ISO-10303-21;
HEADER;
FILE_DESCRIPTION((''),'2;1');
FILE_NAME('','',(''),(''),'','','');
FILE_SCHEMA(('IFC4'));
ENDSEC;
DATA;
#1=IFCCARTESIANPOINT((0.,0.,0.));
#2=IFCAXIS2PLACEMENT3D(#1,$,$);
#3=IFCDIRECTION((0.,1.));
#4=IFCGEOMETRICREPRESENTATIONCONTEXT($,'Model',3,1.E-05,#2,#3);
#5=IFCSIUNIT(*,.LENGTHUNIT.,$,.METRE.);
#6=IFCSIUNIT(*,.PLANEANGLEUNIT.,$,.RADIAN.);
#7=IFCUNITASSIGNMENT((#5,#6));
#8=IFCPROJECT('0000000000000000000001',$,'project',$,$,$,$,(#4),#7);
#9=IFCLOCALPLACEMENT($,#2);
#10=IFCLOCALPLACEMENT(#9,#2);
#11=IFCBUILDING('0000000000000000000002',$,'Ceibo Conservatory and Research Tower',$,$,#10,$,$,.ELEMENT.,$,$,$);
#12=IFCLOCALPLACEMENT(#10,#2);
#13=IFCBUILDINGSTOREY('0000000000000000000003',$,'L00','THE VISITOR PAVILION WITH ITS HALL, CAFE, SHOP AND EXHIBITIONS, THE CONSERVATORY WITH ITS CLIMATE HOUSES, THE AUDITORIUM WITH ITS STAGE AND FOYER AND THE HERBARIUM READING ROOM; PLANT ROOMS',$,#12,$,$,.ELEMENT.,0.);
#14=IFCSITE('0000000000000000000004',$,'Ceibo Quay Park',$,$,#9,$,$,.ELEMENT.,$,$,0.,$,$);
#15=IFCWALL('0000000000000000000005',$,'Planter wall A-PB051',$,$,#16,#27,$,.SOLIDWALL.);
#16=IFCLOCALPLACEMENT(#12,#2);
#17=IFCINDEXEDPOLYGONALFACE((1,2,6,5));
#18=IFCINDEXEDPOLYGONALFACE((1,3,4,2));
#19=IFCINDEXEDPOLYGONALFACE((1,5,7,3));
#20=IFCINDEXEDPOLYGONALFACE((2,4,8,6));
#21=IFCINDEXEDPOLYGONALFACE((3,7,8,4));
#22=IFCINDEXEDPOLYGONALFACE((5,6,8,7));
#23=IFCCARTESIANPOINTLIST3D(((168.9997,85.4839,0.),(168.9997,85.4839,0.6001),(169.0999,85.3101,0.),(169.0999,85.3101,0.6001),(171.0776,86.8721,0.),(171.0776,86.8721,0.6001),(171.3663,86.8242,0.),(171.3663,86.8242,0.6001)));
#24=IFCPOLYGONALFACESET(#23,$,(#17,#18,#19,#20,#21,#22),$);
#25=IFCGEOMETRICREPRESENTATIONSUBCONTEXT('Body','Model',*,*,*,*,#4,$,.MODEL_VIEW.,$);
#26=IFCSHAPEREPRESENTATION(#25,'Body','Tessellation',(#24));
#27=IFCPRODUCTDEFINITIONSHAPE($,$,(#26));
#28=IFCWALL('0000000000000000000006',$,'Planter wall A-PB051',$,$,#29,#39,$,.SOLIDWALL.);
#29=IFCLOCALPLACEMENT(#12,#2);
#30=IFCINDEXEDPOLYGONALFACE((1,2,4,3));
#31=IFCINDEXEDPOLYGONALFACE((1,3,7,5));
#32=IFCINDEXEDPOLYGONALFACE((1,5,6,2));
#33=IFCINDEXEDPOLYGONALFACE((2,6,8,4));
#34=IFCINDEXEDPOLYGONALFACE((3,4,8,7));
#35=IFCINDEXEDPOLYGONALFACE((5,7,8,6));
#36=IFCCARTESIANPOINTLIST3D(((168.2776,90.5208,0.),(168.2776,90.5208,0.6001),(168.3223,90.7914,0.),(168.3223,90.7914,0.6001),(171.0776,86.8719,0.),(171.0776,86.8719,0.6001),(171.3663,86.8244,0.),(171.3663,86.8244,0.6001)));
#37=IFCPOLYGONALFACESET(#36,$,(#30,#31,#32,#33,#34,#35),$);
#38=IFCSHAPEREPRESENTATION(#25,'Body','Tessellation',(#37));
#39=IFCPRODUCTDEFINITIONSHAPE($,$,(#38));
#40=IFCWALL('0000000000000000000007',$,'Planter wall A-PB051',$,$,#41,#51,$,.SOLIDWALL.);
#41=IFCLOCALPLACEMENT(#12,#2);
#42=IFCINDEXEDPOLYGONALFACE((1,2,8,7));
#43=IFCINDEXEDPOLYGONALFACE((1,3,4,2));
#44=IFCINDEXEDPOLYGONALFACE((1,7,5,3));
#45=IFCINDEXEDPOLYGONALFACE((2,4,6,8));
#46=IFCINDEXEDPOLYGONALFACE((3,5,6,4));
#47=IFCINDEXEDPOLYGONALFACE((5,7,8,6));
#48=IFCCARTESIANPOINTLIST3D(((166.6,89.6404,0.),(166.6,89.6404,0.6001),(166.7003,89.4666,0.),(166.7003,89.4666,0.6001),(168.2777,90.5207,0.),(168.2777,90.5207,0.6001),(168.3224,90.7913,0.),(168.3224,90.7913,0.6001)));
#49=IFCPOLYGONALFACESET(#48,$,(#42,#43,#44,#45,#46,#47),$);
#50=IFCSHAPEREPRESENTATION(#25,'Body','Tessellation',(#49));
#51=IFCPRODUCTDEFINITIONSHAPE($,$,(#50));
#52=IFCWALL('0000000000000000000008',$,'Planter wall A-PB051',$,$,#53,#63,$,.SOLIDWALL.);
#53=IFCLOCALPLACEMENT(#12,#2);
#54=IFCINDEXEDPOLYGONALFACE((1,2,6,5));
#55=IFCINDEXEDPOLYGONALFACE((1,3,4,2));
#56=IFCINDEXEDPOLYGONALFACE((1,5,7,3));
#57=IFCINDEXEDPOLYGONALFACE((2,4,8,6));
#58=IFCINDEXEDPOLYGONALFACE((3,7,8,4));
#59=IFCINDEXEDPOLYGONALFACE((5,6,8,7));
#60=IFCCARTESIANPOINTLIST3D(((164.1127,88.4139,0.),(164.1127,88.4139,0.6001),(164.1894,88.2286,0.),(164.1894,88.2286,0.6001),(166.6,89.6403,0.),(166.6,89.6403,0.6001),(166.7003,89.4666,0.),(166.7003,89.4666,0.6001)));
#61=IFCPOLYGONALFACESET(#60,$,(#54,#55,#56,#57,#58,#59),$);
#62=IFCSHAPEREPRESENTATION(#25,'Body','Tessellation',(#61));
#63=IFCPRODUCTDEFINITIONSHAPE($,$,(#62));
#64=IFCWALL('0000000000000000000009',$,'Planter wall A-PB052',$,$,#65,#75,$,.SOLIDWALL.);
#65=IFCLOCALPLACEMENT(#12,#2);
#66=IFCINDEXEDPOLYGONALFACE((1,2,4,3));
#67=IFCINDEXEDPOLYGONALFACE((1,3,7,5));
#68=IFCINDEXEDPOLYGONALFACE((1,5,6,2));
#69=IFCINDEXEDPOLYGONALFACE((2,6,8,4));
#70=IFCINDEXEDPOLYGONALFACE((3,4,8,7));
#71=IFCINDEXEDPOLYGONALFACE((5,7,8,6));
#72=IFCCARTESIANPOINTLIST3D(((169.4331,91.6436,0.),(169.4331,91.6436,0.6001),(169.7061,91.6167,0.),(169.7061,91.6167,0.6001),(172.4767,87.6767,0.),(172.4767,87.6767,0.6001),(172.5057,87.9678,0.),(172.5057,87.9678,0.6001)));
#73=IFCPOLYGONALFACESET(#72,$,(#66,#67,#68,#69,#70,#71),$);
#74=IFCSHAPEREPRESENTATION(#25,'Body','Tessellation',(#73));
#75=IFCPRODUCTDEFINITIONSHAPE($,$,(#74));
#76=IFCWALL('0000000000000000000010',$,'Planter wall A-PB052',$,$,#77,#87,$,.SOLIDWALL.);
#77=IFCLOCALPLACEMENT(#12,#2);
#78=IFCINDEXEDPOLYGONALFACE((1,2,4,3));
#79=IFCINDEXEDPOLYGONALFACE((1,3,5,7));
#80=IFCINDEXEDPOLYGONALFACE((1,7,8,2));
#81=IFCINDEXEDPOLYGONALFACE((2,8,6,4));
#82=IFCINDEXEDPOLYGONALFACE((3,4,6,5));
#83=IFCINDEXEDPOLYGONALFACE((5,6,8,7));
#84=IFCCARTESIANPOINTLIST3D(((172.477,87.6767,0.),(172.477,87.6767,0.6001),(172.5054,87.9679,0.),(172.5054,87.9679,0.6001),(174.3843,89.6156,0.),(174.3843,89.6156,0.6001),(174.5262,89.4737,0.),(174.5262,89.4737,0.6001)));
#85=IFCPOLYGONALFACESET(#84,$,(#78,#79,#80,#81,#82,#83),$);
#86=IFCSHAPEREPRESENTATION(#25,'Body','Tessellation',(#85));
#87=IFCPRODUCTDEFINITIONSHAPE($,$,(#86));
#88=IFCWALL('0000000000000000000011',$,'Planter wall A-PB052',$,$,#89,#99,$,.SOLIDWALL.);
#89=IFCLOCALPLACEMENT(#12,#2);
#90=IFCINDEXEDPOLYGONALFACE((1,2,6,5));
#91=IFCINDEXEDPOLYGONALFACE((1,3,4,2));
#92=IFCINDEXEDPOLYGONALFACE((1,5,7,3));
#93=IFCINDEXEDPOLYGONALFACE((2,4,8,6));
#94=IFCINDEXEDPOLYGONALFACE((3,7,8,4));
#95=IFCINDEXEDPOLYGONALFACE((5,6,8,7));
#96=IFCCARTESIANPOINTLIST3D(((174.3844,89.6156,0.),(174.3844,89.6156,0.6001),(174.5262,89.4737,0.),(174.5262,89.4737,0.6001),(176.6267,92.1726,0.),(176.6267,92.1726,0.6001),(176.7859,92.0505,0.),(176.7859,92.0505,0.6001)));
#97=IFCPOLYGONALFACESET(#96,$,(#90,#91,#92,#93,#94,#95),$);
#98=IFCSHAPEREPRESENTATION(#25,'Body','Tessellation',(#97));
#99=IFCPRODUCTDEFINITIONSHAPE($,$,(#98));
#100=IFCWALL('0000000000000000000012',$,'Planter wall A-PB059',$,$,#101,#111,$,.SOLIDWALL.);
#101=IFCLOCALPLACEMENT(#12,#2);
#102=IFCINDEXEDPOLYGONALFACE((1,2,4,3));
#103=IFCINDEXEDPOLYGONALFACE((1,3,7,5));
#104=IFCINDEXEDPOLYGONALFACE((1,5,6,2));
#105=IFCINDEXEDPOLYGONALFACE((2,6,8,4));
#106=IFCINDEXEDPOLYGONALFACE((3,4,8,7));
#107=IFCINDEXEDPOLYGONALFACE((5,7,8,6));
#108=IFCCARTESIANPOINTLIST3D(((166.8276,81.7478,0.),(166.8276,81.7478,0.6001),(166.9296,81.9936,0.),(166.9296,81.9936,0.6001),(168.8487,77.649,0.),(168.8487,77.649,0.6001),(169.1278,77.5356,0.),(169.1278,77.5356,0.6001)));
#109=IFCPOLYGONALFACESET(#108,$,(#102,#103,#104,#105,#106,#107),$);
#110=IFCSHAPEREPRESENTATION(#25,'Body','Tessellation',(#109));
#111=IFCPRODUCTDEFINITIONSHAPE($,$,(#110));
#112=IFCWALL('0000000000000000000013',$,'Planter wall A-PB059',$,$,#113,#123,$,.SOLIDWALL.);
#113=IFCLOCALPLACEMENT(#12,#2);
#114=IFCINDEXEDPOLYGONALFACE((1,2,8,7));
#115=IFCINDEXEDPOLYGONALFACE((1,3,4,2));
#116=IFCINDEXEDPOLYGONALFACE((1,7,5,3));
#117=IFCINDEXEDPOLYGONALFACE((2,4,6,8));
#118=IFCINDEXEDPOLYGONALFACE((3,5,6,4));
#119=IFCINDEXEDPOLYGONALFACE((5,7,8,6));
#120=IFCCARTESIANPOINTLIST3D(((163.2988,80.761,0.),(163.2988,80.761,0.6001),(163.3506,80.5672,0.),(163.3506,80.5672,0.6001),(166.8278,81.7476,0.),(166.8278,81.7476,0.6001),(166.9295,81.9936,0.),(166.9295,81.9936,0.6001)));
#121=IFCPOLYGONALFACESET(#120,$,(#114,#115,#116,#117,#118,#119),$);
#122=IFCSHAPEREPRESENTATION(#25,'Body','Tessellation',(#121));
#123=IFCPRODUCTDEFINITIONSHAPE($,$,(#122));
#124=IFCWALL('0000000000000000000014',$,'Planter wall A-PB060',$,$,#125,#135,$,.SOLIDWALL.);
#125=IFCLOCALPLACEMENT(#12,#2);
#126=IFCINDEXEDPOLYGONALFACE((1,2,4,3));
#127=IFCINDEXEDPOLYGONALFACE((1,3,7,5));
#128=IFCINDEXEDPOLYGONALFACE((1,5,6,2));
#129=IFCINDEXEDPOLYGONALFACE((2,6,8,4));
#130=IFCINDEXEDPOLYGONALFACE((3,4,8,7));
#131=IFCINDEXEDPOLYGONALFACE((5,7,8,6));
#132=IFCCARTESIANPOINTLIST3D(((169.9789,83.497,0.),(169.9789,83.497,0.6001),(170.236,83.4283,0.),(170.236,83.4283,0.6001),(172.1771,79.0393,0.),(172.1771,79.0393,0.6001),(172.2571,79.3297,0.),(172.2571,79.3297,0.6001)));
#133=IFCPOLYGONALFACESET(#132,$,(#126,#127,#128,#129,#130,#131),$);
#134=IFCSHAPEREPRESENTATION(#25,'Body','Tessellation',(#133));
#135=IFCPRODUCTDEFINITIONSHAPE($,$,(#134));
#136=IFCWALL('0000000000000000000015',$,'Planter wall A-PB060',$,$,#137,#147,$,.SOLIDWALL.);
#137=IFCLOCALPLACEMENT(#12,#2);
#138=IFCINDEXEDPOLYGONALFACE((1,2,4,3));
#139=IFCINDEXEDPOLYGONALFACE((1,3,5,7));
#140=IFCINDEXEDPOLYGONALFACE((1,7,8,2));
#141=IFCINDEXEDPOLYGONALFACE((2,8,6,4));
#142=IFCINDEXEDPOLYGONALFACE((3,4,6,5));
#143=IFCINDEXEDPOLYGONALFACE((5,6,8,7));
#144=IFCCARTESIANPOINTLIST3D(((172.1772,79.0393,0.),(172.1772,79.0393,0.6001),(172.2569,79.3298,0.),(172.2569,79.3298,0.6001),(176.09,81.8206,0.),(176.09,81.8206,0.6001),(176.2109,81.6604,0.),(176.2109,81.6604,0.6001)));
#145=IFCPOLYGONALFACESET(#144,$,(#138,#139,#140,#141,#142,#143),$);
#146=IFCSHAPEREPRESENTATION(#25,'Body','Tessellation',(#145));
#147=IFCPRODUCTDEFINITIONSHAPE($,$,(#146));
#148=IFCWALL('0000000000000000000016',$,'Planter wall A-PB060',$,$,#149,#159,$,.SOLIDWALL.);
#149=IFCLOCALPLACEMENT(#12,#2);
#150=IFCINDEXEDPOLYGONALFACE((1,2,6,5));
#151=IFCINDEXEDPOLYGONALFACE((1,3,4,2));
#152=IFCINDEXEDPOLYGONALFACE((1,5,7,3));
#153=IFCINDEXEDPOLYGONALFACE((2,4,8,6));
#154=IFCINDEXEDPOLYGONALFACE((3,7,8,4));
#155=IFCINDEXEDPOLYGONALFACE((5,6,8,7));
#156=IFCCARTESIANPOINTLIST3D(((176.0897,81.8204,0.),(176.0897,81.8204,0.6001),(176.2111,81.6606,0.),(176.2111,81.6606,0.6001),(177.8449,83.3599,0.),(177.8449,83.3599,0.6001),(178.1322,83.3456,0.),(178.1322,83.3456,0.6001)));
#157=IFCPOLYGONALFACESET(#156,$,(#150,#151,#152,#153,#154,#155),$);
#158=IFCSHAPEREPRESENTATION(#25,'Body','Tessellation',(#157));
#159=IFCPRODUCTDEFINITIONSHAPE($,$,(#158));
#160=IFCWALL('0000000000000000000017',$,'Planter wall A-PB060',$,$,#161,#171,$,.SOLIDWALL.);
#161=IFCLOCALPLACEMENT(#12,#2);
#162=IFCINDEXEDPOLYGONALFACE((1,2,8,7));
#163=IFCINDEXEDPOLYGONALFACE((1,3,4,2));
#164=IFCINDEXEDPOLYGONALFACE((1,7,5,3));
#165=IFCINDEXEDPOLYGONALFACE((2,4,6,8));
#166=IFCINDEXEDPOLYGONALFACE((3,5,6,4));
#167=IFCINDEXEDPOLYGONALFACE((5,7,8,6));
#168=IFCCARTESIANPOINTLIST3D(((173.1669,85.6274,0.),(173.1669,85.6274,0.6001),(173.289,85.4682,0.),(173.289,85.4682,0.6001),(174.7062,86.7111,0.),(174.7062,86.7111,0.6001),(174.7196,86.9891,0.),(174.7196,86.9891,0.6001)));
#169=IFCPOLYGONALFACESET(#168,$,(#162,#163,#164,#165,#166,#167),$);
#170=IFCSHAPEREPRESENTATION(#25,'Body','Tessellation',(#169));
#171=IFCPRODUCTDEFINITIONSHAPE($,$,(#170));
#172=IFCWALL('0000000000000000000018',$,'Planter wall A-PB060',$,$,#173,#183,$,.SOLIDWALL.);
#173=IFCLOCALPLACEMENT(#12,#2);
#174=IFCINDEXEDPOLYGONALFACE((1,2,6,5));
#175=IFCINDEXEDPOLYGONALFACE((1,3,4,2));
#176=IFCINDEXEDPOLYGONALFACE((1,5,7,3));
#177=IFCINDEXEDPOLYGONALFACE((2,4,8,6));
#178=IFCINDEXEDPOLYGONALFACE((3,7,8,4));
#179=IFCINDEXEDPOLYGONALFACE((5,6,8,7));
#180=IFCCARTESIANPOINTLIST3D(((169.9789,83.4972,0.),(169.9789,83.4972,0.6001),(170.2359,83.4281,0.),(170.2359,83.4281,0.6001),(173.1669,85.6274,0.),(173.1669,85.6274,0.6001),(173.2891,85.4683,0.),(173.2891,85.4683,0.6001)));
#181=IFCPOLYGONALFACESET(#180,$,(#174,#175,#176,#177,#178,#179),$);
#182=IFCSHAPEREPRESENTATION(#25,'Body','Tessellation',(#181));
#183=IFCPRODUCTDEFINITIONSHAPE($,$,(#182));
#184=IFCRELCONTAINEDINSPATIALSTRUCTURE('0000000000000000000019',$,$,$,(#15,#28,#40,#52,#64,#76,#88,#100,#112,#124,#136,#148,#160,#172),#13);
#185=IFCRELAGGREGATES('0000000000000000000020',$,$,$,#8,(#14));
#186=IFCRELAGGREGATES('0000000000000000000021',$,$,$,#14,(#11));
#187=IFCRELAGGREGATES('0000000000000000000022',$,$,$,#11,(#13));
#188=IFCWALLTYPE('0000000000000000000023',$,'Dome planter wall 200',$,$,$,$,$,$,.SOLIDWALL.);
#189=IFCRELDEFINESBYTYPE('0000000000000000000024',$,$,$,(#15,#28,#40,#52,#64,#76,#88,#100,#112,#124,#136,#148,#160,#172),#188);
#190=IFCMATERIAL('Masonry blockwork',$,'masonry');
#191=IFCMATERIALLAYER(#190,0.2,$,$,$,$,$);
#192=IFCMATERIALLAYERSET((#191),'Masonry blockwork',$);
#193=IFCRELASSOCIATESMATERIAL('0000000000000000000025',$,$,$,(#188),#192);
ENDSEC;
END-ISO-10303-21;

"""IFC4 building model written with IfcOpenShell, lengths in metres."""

from ifc_helpers import new_model, si_unit, direction, frame, origin, place, context, subcontext, project, spatial, polyline, outline, extrude, material, layer, layer_set, type_object, element, save


model = new_model("IFC4")

# Units and contexts
model_context = context("Model", 3, precision=1e-05, world=origin(), true_north=direction((0.0, 1.0)))
body_context = subcontext(model_context, "Body", "Model", "MODEL_VIEW")
ifc_project = project(units=[si_unit("LENGTHUNIT", "METRE"), si_unit("PLANEANGLEUNIT", "RADIAN")], contexts=[model_context])

# Site, building, storey
site_placement = place(None, origin())
site = spatial("IfcSite", under=ifc_project, at=site_placement, Name="Ceibo Quay Park", CompositionType="ELEMENT", RefElevation=0.0)
building_placement = place(site_placement, origin())
building = spatial("IfcBuilding", under=site, at=building_placement, Name="Ceibo Conservatory and Research Tower", CompositionType="ELEMENT")
storey_placement = place(building_placement, origin())
storey = spatial("IfcBuildingStorey", under=building, at=storey_placement, Name="L00", Description="THE VISITOR PAVILION WITH ITS HALL, CAFE, SHOP AND EXHIBITIONS, THE CONSERVATORY WITH ITS CLIMATE HOUSES, THE AUDITORIUM WITH ITS STAGE AND FOYER AND THE HERBARIUM READING ROOM; PLANT ROOMS", CompositionType="ELEMENT", Elevation=0.0)

# Walls
ifc_material_1 = material(Name="Masonry blockwork", Category="masonry")
ifc_layer_1 = layer(ifc_material_1, 0.2)
ifc_layer_set_1 = layer_set([ifc_layer_1], Name="Masonry blockwork")
wall_type_1 = type_object("IfcWallType", Name="Dome planter wall 200", PredefinedType="SOLIDWALL", material=ifc_layer_set_1)
wall_1_placement = place(storey_placement, frame((169.0498, 85.397, 0.0), z_axis=(0.0, 0.0, 1.0), x_axis=(0.831504, 0.555519, 0.0)))
element("IfcWall", 1, at=wall_1_placement, inside=storey, type_object=wall_type_1, Name="Planter wall A-PB051", PredefinedType="SOLIDWALL", context=body_context, shape_type="SweptSolid", body=[
    extrude(outline(polyline([(-0.0066, -0.1001), (2.719, -0.1001), (2.5056, 0.1001), (0.0066, 0.1001), (-0.0066, -0.1001)])), origin(), (0.0, 0.0, 1.0), 0.6001),
])
wall_2_placement = place(storey_placement, frame((171.2219, 86.8481, 0.0), z_axis=(0.0, 0.0, 1.0), x_axis=(-0.608761, 0.793353, 0.0)))
element("IfcWall", 2, at=wall_2_placement, inside=storey, type_object=wall_type_1, Name="Planter wall A-PB051", PredefinedType="SOLIDWALL", context=body_context, shape_type="SweptSolid", body=[
    extrude(outline(polyline([(-0.1067, -0.1001), (4.8936, -0.1001), (4.7061, 0.1001), (0.1067, 0.1001), (-0.1067, -0.1001)])), origin(), (0.0, 0.0, 1.0), 0.6001),
])
wall_3_placement = place(storey_placement, frame((168.3, 90.656, 0.0), z_axis=(0.0, 0.0, 1.0), x_axis=(-0.831444, -0.555608, 0.0)))
element("IfcWall", 3, at=wall_3_placement, inside=storey, type_object=wall_type_1, Name="Planter wall A-PB051", PredefinedType="SOLIDWALL", context=body_context, shape_type="SweptSolid", body=[
    extrude(outline(polyline([(-0.0938, -0.1001), (1.9778, -0.1001), (1.991, 0.1001), (0.0938, 0.1001), (-0.0938, -0.1001)])), origin(), (0.0, 0.0, 1.0), 0.6001),
])
wall_4_placement = place(storey_placement, frame((166.6501, 89.5535, 0.0), z_axis=(0.0, 0.0, 1.0), x_axis=(-0.896902, -0.44223, 0.0)))
element("IfcWall", 4, at=wall_4_placement, inside=storey, type_object=wall_type_1, Name="Planter wall A-PB051", PredefinedType="SOLIDWALL", context=body_context, shape_type="SweptSolid", body=[
    extrude(outline(polyline([(0.0066, -0.1001), (2.7798, -0.1001), (2.793, 0.1001), (-0.0066, 0.1001), (0.0066, -0.1001)])), origin(), (0.0, 0.0, 1.0), 0.6001),
])
wall_5_placement = place(storey_placement, frame((169.5696, 91.6301, 0.0), z_axis=(0.0, 0.0, 1.0), x_axis=(0.608729, -0.793378, 0.0)))
element("IfcWall", 5, at=wall_5_placement, inside=storey, type_object=wall_type_1, Name="Planter wall A-PB052", PredefinedType="SOLIDWALL", context=body_context, shape_type="SweptSolid", body=[
    extrude(outline(polyline([(-0.0938, -0.1001), (4.9062, -0.1001), (4.6929, 0.1001), (0.0938, 0.1001), (-0.0938, -0.1001)])), origin(), (0.0, 0.0, 1.0), 0.6001),
])
wall_6_placement = place(storey_placement, frame((172.4912, 87.8223, 0.0), z_axis=(0.0, 0.0, 1.0), x_axis=(0.751853, 0.659331, 0.0)))
element("IfcWall", 6, at=wall_6_placement, inside=storey, type_object=wall_type_1, Name="Planter wall A-PB052", PredefinedType="SOLIDWALL", context=body_context, shape_type="SweptSolid", body=[
    extrude(outline(polyline([(-0.1067, -0.1001), (2.6189, -0.1001), (2.6057, 0.1001), (0.1067, 0.1001), (-0.1067, -0.1001)])), origin(), (0.0, 0.0, 1.0), 0.6001),
])
wall_7_placement = place(storey_placement, frame((174.4553, 89.5447, 0.0), z_axis=(0.0, 0.0, 1.0), x_axis=(0.659324, 0.751859, 0.0)))
element("IfcWall", 7, at=wall_7_placement, inside=storey, type_object=wall_type_1, Name="Planter wall A-PB052", PredefinedType="SOLIDWALL", context=body_context, shape_type="SweptSolid", body=[
    extrude(outline(polyline([(-0.0066, -0.1001), (3.4207, -0.1001), (3.4075, 0.1001), (0.0066, 0.1001), (-0.0066, -0.1001)])), origin(), (0.0, 0.0, 1.0), 0.6001),
])
wall_8_placement = place(storey_placement, frame((168.9883, 77.5923, 0.0), z_axis=(0.0, 0.0, 1.0), x_axis=(-0.442252, 0.896891, 0.0)))
element("IfcWall", 8, at=wall_8_placement, inside=storey, type_object=wall_type_1, Name="Planter wall A-PB059", PredefinedType="SOLIDWALL", context=body_context, shape_type="SweptSolid", body=[
    extrude(outline(polyline([(-0.1125, -0.1001), (4.8579, -0.1001), (4.6826, 0.1001), (0.1125, 0.1001), (-0.1125, -0.1001)])), origin(), (0.0, 0.0, 1.0), 0.6001),
])
wall_9_placement = place(storey_placement, frame((166.8787, 81.8706, 0.0), z_axis=(0.0, 0.0, 1.0), x_axis=(-0.946919, -0.321472, 0.0)))
element("IfcWall", 9, at=wall_9_placement, inside=storey, type_object=wall_type_1, Name="Planter wall A-PB059", PredefinedType="SOLIDWALL", context=body_context, shape_type="SweptSolid", body=[
    extrude(outline(polyline([(-0.0876, -0.1001), (3.7466, -0.1001), (3.7598, 0.1001), (0.0876, 0.1001), (-0.0876, -0.1001)])), origin(), (0.0, 0.0, 1.0), 0.6001),
])
wall_10_placement = place(storey_placement, frame((170.1074, 83.4626, 0.0), z_axis=(0.0, 0.0, 1.0), x_axis=(0.442273, -0.896881, 0.0)))
element("IfcWall", 10, at=wall_10_placement, inside=storey, type_object=wall_type_1, Name="Planter wall A-PB060", PredefinedType="SOLIDWALL", context=body_context, shape_type="SweptSolid", body=[
    extrude(outline(polyline([(-0.0876, -0.1001), (4.8826, -0.1001), (4.6575, 0.1001), (0.0876, 0.1001), (-0.0876, -0.1001)])), origin(), (0.0, 0.0, 1.0), 0.6001),
])
wall_11_placement = place(storey_placement, frame((172.217, 79.1846, 0.0), z_axis=(0.0, 0.0, 1.0), x_axis=(0.838519, 0.544873, 0.0)))
element("IfcWall", 11, at=wall_11_placement, inside=storey, type_object=wall_type_1, Name="Planter wall A-PB060", PredefinedType="SOLIDWALL", context=body_context, shape_type="SweptSolid", body=[
    extrude(outline(polyline([(-0.1125, -0.1001), (4.698, -0.1001), (4.6838, 0.1001), (0.1125, 0.1001), (-0.1125, -0.1001)])), origin(), (0.0, 0.0, 1.0), 0.6001),
])
wall_12_placement = place(storey_placement, frame((176.1504, 81.7405, 0.0), z_axis=(0.0, 0.0, 1.0), x_axis=(0.751778, 0.659416, 0.0)))
element("IfcWall", 12, at=wall_12_placement, inside=storey, type_object=wall_type_1, Name="Planter wall A-PB060", PredefinedType="SOLIDWALL", context=body_context, shape_type="SweptSolid", body=[
    extrude(outline(polyline([(-0.0071, -0.1001), (2.5483, -0.1001), (2.3418, 0.1001), (0.0071, 0.1001), (-0.0071, -0.1001)])), origin(), (0.0, 0.0, 1.0), 0.6001),
])
wall_13_placement = place(storey_placement, frame((174.7129, 86.8501, 0.0), z_axis=(0.0, 0.0, 1.0), x_axis=(-0.751826, -0.659362, 0.0)))
element("IfcWall", 13, at=wall_13_placement, inside=storey, type_object=wall_type_1, Name="Planter wall A-PB060", PredefinedType="SOLIDWALL", context=body_context, shape_type="SweptSolid", body=[
    extrude(outline(polyline([(-0.0967, -0.1001), (1.9685, -0.1001), (1.9817, 0.1001), (0.0967, 0.1001), (-0.0967, -0.1001)])), origin(), (0.0, 0.0, 1.0), 0.6001),
])
wall_14_placement = place(storey_placement, frame((173.228, 85.5479, 0.0), z_axis=(0.0, 0.0, 1.0), x_axis=(-0.831459, -0.555586, 0.0)))
element("IfcWall", 14, at=wall_14_placement, inside=storey, type_object=wall_type_1, Name="Planter wall A-PB060", PredefinedType="SOLIDWALL", context=body_context, shape_type="SweptSolid", body=[
    extrude(outline(polyline([(0.0066, -0.1001), (3.8408, -0.1001), (3.6655, 0.1001), (-0.0066, 0.1001), (0.0066, -0.1001)])), origin(), (0.0, 0.0, 1.0), 0.6001),
])

save(model, "model.ifc")
